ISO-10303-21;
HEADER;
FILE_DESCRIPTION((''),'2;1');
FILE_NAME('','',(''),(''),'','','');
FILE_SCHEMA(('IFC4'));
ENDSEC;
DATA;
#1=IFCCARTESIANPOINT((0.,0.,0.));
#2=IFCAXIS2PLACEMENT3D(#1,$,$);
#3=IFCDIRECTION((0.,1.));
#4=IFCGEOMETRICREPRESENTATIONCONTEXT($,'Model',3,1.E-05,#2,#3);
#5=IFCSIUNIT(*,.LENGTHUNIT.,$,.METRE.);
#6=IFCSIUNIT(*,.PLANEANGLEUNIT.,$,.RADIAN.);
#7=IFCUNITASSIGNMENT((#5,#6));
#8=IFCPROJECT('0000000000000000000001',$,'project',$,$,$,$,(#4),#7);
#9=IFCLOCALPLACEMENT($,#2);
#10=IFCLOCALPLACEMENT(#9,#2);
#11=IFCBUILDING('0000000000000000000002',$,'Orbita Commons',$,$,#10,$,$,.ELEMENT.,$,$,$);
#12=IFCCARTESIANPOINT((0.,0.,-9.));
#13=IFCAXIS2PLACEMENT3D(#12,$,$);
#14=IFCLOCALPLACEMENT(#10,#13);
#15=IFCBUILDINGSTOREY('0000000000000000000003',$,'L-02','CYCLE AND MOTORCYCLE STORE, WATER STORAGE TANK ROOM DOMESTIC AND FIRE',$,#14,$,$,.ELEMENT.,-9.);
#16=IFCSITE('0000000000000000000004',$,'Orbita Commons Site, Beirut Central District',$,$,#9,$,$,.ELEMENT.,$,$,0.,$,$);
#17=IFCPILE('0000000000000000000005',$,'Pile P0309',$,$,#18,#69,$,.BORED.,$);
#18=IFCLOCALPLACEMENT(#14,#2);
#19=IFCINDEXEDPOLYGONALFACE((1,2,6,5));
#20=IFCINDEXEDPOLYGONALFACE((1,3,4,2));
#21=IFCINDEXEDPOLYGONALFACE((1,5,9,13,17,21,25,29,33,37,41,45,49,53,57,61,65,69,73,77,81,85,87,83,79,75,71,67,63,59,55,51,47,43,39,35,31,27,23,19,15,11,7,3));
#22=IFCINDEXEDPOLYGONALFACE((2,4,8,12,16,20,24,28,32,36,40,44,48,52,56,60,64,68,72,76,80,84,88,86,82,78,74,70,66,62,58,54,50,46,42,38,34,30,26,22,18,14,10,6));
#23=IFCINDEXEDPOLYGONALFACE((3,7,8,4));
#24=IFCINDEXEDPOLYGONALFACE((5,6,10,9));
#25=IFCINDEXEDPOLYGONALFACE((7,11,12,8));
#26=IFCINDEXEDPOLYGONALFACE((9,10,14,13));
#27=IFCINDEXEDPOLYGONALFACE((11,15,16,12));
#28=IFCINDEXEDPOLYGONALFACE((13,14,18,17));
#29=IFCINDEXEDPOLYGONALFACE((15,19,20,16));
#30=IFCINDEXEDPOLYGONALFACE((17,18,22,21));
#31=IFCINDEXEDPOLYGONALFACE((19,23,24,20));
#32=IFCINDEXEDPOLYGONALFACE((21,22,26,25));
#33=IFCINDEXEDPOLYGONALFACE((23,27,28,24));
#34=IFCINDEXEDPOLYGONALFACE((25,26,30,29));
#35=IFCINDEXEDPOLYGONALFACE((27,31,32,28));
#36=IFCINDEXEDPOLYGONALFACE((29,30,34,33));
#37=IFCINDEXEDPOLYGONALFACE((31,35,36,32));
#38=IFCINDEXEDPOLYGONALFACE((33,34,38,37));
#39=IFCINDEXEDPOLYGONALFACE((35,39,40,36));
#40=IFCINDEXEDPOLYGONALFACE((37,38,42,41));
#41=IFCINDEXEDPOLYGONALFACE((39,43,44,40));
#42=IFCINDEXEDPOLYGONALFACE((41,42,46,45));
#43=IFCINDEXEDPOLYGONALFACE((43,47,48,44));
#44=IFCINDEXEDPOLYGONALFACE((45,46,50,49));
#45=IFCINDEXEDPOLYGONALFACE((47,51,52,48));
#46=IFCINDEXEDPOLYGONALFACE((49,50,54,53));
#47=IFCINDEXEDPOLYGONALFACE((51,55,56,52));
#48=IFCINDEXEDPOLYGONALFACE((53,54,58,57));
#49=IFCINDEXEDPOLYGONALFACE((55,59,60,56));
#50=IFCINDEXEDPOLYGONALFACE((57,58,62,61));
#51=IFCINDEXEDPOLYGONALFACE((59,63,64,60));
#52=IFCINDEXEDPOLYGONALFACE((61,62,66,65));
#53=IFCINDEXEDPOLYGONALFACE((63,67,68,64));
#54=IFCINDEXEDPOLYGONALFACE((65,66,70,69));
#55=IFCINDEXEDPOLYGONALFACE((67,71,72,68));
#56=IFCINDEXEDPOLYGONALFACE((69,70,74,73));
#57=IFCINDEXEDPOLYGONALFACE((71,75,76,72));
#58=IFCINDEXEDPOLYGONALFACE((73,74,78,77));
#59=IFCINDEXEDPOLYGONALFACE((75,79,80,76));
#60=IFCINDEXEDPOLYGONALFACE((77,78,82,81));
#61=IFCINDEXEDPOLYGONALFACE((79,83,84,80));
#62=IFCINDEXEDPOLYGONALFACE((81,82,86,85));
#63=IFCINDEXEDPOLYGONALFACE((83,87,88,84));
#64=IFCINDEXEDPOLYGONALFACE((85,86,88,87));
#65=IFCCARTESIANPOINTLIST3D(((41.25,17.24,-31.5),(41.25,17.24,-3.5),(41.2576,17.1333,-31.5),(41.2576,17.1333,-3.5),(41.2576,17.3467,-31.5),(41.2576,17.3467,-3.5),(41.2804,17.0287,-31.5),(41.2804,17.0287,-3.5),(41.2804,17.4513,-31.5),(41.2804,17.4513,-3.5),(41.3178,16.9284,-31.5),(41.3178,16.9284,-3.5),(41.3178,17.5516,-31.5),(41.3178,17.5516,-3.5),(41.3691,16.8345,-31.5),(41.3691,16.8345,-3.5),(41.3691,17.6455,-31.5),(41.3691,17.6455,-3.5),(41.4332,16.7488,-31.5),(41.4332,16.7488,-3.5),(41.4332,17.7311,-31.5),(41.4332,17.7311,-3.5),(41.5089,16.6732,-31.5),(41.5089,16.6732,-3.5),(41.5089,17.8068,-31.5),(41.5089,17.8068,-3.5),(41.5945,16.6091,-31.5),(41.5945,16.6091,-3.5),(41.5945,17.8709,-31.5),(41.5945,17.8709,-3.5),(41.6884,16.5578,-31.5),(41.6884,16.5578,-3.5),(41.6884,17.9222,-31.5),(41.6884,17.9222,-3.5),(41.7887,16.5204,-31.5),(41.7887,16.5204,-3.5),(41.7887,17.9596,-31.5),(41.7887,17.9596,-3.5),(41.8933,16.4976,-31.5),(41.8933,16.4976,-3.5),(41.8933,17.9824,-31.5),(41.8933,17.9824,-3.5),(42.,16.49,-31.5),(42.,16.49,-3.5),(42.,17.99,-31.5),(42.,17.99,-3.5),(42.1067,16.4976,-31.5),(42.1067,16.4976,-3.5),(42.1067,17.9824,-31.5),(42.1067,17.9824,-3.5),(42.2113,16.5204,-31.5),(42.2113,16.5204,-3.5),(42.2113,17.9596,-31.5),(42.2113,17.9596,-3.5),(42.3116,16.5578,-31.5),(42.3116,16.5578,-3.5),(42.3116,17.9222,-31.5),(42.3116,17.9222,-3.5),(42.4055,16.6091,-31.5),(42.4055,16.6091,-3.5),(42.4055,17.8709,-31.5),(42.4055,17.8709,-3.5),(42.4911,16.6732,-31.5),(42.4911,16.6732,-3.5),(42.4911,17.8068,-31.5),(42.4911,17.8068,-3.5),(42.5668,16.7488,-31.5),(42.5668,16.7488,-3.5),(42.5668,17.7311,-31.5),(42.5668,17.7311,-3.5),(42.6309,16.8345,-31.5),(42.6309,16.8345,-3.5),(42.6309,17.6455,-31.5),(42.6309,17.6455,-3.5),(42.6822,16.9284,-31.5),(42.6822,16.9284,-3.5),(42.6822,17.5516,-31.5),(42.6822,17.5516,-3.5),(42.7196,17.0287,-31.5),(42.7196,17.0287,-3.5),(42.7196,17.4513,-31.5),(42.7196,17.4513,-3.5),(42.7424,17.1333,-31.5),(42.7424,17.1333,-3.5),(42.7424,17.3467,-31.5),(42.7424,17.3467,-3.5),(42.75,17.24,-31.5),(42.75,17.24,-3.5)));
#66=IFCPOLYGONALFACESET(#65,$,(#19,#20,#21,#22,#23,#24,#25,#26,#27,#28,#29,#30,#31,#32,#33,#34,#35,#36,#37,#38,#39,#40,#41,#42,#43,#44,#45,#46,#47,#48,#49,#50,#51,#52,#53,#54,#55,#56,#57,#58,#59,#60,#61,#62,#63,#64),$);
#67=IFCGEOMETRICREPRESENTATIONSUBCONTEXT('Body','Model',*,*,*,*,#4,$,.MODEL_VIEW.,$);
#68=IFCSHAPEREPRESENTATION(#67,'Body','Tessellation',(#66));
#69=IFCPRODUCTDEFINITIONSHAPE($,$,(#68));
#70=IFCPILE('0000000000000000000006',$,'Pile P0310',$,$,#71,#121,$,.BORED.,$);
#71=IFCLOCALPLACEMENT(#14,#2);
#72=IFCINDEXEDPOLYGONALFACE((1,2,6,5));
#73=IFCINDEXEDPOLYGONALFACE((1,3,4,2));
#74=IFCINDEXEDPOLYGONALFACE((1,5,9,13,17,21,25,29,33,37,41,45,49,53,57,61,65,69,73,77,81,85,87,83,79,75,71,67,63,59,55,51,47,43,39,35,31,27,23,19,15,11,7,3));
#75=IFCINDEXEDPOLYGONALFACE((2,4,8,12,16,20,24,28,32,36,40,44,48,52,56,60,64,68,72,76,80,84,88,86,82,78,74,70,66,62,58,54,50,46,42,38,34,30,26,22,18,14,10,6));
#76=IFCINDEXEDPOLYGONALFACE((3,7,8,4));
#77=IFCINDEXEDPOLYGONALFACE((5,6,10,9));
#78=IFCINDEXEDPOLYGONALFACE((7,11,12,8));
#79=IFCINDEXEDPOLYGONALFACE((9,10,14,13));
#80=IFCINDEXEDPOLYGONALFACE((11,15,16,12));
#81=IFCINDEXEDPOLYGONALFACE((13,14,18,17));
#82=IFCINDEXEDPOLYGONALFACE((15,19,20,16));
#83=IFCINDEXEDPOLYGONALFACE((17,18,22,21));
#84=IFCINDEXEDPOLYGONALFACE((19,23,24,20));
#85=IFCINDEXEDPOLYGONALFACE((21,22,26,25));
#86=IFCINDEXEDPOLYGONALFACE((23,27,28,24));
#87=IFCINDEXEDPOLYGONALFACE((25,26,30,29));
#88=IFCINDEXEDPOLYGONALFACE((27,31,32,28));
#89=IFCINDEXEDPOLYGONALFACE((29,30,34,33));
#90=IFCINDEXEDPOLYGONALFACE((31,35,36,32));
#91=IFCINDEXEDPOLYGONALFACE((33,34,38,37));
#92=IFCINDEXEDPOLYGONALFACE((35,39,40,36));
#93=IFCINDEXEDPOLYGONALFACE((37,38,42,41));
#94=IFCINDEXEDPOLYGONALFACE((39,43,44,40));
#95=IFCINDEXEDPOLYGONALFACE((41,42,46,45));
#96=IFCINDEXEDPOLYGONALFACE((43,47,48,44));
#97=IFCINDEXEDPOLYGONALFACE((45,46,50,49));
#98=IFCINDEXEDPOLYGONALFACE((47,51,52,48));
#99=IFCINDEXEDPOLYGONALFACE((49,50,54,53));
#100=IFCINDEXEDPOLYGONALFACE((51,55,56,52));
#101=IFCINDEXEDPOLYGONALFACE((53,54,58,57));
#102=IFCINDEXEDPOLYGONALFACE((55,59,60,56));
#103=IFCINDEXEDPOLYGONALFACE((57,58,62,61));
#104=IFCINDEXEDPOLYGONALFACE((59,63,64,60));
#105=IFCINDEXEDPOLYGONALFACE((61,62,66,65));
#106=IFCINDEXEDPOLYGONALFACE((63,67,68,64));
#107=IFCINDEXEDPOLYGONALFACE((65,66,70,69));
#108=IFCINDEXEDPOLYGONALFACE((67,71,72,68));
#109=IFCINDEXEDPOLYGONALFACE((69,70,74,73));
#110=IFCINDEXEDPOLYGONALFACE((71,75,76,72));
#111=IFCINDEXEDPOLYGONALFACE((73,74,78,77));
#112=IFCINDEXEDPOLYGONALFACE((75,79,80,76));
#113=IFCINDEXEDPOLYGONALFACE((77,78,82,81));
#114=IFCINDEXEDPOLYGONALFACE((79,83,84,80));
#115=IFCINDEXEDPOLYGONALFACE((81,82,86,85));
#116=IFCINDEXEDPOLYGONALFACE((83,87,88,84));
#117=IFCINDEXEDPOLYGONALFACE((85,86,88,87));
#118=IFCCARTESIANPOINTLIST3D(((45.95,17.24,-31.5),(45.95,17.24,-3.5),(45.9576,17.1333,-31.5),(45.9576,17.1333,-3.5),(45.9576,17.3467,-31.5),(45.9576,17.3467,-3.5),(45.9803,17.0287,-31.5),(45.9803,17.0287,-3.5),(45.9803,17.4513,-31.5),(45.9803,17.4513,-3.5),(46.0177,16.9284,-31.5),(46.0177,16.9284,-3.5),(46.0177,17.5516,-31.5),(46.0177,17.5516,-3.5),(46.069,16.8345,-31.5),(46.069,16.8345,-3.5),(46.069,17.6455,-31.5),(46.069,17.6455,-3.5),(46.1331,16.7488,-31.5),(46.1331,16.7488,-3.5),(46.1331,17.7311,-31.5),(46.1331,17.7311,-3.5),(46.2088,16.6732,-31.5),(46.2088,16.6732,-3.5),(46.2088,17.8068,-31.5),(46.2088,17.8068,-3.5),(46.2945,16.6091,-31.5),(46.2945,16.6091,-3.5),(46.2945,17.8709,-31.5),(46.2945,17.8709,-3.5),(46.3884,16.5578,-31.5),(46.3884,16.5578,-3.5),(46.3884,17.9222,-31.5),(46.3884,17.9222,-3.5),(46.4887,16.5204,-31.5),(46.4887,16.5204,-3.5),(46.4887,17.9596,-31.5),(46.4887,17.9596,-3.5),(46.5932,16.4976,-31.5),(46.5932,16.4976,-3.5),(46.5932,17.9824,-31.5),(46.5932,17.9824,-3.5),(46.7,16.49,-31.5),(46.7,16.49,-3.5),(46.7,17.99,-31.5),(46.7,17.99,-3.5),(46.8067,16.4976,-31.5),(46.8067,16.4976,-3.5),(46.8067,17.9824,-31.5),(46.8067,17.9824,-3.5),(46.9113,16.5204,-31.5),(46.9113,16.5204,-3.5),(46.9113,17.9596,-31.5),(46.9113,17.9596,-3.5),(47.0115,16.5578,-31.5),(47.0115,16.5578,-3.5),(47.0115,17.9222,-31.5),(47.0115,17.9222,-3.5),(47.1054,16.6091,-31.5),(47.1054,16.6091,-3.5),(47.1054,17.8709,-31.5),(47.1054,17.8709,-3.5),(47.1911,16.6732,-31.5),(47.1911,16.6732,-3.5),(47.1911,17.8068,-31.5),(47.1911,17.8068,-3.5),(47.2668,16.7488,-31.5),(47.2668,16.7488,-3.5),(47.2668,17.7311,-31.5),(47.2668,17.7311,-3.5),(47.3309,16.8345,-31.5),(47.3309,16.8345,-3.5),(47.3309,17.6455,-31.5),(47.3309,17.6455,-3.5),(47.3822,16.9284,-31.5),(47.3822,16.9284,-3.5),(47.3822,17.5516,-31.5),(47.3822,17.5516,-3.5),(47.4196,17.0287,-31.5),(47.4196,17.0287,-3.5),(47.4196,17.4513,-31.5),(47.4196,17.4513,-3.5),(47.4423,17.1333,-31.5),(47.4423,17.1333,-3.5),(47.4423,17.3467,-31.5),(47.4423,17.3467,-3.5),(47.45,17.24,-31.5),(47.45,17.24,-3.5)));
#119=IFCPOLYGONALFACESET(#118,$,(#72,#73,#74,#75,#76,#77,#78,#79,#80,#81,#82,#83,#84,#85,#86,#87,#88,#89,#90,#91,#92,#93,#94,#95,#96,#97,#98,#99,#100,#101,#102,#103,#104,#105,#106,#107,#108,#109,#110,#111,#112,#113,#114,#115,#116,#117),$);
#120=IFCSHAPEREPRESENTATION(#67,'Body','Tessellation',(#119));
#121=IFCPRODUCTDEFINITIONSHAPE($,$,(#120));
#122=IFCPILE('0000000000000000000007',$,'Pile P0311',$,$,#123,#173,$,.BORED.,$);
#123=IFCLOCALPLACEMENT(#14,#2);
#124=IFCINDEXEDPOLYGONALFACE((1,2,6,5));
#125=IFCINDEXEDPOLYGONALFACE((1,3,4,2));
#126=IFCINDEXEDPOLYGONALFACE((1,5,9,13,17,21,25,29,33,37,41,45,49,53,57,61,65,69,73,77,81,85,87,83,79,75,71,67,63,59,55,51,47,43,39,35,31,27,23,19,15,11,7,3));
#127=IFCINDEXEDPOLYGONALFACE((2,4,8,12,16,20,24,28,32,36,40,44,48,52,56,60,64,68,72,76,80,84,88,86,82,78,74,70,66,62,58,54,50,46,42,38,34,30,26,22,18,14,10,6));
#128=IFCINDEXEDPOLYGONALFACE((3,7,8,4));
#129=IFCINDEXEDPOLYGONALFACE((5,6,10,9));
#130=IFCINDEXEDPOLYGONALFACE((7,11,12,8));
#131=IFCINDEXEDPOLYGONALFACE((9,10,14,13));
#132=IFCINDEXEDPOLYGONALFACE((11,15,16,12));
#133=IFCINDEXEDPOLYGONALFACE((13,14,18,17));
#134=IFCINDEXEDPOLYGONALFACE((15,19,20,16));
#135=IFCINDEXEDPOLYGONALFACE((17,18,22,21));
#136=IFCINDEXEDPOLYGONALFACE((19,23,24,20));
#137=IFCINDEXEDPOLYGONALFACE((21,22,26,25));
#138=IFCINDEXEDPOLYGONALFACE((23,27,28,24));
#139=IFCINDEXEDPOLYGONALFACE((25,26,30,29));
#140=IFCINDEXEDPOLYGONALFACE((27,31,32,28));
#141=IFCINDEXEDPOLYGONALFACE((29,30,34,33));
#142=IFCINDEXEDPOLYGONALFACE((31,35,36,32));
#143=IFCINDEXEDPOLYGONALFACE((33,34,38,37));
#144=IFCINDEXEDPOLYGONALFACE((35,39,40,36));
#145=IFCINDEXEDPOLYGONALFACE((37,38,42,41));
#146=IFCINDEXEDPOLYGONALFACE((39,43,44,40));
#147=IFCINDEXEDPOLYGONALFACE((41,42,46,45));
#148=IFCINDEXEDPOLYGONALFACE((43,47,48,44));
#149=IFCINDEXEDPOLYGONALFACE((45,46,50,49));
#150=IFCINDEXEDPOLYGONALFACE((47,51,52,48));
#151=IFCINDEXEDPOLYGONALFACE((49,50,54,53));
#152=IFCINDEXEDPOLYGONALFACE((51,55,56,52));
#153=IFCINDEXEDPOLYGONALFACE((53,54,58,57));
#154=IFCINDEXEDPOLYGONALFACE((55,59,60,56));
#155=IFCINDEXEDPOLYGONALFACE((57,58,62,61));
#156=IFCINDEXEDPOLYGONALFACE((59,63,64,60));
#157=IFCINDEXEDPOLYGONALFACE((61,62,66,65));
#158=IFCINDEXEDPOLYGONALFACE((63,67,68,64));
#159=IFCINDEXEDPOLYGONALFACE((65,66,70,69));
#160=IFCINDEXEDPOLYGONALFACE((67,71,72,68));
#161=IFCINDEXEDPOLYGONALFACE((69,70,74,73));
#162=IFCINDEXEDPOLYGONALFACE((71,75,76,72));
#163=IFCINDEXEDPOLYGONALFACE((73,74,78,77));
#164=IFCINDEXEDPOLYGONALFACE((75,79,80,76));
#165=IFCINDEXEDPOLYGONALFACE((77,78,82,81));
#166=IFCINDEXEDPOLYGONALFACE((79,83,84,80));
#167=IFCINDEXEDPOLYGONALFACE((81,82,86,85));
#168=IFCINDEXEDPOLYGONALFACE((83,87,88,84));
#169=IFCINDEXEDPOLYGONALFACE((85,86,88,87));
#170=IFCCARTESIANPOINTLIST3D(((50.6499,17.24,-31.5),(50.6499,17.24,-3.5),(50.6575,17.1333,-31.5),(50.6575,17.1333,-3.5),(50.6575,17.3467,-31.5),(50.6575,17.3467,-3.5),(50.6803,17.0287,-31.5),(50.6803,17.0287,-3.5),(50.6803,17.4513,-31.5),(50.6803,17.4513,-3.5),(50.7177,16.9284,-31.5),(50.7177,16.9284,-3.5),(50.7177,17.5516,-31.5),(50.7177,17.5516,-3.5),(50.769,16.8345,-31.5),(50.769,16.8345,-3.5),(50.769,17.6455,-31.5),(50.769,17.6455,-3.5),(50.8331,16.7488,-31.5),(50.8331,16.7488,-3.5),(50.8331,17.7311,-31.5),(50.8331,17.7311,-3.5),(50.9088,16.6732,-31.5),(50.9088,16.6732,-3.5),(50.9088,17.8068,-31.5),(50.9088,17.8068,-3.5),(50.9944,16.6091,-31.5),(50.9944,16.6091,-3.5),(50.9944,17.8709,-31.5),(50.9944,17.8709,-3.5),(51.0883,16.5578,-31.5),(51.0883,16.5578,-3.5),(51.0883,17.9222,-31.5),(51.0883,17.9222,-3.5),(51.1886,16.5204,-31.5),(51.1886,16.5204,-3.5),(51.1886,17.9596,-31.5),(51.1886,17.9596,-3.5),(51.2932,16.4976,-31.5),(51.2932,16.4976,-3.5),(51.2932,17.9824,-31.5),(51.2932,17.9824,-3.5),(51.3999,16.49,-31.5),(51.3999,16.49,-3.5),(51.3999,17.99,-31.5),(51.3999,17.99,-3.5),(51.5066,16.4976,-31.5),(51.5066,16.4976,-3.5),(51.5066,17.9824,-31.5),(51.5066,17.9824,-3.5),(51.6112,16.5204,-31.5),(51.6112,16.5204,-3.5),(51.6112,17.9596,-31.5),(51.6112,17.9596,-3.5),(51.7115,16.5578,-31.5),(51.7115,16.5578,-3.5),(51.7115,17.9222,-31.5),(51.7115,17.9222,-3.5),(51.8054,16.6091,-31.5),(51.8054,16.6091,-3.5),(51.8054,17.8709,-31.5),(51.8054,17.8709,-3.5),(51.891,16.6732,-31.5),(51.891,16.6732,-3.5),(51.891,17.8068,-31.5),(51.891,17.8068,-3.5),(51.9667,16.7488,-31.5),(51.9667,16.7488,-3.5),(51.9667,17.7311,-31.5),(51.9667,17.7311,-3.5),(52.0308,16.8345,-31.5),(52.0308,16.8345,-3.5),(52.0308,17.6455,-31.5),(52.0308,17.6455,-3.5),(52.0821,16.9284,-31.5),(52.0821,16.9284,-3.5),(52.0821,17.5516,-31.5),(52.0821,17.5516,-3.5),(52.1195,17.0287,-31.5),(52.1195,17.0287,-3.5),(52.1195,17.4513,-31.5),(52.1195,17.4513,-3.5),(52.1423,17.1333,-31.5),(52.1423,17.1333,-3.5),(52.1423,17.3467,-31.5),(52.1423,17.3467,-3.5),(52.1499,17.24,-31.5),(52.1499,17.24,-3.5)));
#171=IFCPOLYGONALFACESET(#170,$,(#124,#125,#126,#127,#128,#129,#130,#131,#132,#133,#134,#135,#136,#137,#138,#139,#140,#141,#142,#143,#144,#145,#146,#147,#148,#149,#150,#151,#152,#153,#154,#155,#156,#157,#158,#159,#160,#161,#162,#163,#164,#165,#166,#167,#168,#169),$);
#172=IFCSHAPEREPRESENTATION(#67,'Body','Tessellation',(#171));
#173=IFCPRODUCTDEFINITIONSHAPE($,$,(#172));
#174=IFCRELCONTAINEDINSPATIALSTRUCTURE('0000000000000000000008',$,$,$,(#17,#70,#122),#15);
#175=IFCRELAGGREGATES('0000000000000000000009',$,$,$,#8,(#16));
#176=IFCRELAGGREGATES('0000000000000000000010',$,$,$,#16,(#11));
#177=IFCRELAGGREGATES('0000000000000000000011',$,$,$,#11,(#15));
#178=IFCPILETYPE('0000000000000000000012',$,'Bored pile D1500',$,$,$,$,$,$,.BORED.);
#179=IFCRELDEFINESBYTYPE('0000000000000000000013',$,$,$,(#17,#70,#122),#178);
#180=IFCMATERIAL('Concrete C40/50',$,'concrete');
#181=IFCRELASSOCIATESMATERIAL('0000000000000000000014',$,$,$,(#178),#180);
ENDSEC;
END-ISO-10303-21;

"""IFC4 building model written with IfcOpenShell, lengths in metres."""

from ifc_helpers import new_model, si_unit, direction, frame, origin, origin_2d, place, context, subcontext, project, spatial, circle, extrude, material, material_profile, profile_set, type_object, element, save


model = new_model("IFC4")

# Units and contexts
model_context = context("Model", 3, precision=1e-05, world=origin(), true_north=direction((0.0, 1.0)))
body_context = subcontext(model_context, "Body", "Model", "MODEL_VIEW")
ifc_project = project(units=[si_unit("LENGTHUNIT", "METRE"), si_unit("PLANEANGLEUNIT", "RADIAN")], contexts=[model_context])

# Site, building, storey
site_placement = place(None, origin())
site = spatial("IfcSite", under=ifc_project, at=site_placement, Name="Orbita Commons Site, Beirut Central District", CompositionType="ELEMENT", RefElevation=0.0)
building_placement = place(site_placement, origin())
building = spatial("IfcBuilding", under=site, at=building_placement, Name="Orbita Commons", CompositionType="ELEMENT")
storey_placement = place(building_placement, frame((0.0, 0.0, -9.0)))
storey = spatial("IfcBuildingStorey", under=building, at=storey_placement, Name="L-02", Description="CYCLE AND MOTORCYCLE STORE, WATER STORAGE TANK ROOM DOMESTIC AND FIRE", CompositionType="ELEMENT", Elevation=-9.0)

# Piles
ifc_material_1 = material(Name="Concrete C40/50", Category="concrete")
ifc_material_profile_1 = material_profile(ifc_material_1, circle(Radius=0.75, at=origin_2d()), Name="RC D1500")
ifc_profile_set_1 = profile_set([ifc_material_profile_1], Name="Concrete C40/50")
pile_type = type_object("IfcPileType", Name="Bored pile D1500", PredefinedType="BORED", material=ifc_profile_set_1)
for number, where, z_axis, x_axis, name in (
    (1, (42.0, 17.24, -3.5), (0.0, 0.0, -1.0), (1.0, 0.0, 0.0), "Pile P0309"),
    (2, (46.7, 17.24, -3.5), (0.0, 0.0, -1.0), (1.0, 0.0, 0.0), "Pile P0310"),
    (3, (51.3999, 17.24, -3.5), (0.0, 0.0, -1.0), (1.0, 0.0, 0.0), "Pile P0311"),
):
    element("IfcPile", number, at=place(storey_placement, frame(where, z_axis=z_axis, x_axis=x_axis)), inside=storey, type_object=pile_type, Name=name, PredefinedType="BORED", context=body_context, shape_type="SweptSolid", body=[
        extrude(circle(Radius=0.75, at=origin_2d()), origin(), (0.0, 0.0, 1.0), 28.0),
    ])

save(model, "model.ifc")
